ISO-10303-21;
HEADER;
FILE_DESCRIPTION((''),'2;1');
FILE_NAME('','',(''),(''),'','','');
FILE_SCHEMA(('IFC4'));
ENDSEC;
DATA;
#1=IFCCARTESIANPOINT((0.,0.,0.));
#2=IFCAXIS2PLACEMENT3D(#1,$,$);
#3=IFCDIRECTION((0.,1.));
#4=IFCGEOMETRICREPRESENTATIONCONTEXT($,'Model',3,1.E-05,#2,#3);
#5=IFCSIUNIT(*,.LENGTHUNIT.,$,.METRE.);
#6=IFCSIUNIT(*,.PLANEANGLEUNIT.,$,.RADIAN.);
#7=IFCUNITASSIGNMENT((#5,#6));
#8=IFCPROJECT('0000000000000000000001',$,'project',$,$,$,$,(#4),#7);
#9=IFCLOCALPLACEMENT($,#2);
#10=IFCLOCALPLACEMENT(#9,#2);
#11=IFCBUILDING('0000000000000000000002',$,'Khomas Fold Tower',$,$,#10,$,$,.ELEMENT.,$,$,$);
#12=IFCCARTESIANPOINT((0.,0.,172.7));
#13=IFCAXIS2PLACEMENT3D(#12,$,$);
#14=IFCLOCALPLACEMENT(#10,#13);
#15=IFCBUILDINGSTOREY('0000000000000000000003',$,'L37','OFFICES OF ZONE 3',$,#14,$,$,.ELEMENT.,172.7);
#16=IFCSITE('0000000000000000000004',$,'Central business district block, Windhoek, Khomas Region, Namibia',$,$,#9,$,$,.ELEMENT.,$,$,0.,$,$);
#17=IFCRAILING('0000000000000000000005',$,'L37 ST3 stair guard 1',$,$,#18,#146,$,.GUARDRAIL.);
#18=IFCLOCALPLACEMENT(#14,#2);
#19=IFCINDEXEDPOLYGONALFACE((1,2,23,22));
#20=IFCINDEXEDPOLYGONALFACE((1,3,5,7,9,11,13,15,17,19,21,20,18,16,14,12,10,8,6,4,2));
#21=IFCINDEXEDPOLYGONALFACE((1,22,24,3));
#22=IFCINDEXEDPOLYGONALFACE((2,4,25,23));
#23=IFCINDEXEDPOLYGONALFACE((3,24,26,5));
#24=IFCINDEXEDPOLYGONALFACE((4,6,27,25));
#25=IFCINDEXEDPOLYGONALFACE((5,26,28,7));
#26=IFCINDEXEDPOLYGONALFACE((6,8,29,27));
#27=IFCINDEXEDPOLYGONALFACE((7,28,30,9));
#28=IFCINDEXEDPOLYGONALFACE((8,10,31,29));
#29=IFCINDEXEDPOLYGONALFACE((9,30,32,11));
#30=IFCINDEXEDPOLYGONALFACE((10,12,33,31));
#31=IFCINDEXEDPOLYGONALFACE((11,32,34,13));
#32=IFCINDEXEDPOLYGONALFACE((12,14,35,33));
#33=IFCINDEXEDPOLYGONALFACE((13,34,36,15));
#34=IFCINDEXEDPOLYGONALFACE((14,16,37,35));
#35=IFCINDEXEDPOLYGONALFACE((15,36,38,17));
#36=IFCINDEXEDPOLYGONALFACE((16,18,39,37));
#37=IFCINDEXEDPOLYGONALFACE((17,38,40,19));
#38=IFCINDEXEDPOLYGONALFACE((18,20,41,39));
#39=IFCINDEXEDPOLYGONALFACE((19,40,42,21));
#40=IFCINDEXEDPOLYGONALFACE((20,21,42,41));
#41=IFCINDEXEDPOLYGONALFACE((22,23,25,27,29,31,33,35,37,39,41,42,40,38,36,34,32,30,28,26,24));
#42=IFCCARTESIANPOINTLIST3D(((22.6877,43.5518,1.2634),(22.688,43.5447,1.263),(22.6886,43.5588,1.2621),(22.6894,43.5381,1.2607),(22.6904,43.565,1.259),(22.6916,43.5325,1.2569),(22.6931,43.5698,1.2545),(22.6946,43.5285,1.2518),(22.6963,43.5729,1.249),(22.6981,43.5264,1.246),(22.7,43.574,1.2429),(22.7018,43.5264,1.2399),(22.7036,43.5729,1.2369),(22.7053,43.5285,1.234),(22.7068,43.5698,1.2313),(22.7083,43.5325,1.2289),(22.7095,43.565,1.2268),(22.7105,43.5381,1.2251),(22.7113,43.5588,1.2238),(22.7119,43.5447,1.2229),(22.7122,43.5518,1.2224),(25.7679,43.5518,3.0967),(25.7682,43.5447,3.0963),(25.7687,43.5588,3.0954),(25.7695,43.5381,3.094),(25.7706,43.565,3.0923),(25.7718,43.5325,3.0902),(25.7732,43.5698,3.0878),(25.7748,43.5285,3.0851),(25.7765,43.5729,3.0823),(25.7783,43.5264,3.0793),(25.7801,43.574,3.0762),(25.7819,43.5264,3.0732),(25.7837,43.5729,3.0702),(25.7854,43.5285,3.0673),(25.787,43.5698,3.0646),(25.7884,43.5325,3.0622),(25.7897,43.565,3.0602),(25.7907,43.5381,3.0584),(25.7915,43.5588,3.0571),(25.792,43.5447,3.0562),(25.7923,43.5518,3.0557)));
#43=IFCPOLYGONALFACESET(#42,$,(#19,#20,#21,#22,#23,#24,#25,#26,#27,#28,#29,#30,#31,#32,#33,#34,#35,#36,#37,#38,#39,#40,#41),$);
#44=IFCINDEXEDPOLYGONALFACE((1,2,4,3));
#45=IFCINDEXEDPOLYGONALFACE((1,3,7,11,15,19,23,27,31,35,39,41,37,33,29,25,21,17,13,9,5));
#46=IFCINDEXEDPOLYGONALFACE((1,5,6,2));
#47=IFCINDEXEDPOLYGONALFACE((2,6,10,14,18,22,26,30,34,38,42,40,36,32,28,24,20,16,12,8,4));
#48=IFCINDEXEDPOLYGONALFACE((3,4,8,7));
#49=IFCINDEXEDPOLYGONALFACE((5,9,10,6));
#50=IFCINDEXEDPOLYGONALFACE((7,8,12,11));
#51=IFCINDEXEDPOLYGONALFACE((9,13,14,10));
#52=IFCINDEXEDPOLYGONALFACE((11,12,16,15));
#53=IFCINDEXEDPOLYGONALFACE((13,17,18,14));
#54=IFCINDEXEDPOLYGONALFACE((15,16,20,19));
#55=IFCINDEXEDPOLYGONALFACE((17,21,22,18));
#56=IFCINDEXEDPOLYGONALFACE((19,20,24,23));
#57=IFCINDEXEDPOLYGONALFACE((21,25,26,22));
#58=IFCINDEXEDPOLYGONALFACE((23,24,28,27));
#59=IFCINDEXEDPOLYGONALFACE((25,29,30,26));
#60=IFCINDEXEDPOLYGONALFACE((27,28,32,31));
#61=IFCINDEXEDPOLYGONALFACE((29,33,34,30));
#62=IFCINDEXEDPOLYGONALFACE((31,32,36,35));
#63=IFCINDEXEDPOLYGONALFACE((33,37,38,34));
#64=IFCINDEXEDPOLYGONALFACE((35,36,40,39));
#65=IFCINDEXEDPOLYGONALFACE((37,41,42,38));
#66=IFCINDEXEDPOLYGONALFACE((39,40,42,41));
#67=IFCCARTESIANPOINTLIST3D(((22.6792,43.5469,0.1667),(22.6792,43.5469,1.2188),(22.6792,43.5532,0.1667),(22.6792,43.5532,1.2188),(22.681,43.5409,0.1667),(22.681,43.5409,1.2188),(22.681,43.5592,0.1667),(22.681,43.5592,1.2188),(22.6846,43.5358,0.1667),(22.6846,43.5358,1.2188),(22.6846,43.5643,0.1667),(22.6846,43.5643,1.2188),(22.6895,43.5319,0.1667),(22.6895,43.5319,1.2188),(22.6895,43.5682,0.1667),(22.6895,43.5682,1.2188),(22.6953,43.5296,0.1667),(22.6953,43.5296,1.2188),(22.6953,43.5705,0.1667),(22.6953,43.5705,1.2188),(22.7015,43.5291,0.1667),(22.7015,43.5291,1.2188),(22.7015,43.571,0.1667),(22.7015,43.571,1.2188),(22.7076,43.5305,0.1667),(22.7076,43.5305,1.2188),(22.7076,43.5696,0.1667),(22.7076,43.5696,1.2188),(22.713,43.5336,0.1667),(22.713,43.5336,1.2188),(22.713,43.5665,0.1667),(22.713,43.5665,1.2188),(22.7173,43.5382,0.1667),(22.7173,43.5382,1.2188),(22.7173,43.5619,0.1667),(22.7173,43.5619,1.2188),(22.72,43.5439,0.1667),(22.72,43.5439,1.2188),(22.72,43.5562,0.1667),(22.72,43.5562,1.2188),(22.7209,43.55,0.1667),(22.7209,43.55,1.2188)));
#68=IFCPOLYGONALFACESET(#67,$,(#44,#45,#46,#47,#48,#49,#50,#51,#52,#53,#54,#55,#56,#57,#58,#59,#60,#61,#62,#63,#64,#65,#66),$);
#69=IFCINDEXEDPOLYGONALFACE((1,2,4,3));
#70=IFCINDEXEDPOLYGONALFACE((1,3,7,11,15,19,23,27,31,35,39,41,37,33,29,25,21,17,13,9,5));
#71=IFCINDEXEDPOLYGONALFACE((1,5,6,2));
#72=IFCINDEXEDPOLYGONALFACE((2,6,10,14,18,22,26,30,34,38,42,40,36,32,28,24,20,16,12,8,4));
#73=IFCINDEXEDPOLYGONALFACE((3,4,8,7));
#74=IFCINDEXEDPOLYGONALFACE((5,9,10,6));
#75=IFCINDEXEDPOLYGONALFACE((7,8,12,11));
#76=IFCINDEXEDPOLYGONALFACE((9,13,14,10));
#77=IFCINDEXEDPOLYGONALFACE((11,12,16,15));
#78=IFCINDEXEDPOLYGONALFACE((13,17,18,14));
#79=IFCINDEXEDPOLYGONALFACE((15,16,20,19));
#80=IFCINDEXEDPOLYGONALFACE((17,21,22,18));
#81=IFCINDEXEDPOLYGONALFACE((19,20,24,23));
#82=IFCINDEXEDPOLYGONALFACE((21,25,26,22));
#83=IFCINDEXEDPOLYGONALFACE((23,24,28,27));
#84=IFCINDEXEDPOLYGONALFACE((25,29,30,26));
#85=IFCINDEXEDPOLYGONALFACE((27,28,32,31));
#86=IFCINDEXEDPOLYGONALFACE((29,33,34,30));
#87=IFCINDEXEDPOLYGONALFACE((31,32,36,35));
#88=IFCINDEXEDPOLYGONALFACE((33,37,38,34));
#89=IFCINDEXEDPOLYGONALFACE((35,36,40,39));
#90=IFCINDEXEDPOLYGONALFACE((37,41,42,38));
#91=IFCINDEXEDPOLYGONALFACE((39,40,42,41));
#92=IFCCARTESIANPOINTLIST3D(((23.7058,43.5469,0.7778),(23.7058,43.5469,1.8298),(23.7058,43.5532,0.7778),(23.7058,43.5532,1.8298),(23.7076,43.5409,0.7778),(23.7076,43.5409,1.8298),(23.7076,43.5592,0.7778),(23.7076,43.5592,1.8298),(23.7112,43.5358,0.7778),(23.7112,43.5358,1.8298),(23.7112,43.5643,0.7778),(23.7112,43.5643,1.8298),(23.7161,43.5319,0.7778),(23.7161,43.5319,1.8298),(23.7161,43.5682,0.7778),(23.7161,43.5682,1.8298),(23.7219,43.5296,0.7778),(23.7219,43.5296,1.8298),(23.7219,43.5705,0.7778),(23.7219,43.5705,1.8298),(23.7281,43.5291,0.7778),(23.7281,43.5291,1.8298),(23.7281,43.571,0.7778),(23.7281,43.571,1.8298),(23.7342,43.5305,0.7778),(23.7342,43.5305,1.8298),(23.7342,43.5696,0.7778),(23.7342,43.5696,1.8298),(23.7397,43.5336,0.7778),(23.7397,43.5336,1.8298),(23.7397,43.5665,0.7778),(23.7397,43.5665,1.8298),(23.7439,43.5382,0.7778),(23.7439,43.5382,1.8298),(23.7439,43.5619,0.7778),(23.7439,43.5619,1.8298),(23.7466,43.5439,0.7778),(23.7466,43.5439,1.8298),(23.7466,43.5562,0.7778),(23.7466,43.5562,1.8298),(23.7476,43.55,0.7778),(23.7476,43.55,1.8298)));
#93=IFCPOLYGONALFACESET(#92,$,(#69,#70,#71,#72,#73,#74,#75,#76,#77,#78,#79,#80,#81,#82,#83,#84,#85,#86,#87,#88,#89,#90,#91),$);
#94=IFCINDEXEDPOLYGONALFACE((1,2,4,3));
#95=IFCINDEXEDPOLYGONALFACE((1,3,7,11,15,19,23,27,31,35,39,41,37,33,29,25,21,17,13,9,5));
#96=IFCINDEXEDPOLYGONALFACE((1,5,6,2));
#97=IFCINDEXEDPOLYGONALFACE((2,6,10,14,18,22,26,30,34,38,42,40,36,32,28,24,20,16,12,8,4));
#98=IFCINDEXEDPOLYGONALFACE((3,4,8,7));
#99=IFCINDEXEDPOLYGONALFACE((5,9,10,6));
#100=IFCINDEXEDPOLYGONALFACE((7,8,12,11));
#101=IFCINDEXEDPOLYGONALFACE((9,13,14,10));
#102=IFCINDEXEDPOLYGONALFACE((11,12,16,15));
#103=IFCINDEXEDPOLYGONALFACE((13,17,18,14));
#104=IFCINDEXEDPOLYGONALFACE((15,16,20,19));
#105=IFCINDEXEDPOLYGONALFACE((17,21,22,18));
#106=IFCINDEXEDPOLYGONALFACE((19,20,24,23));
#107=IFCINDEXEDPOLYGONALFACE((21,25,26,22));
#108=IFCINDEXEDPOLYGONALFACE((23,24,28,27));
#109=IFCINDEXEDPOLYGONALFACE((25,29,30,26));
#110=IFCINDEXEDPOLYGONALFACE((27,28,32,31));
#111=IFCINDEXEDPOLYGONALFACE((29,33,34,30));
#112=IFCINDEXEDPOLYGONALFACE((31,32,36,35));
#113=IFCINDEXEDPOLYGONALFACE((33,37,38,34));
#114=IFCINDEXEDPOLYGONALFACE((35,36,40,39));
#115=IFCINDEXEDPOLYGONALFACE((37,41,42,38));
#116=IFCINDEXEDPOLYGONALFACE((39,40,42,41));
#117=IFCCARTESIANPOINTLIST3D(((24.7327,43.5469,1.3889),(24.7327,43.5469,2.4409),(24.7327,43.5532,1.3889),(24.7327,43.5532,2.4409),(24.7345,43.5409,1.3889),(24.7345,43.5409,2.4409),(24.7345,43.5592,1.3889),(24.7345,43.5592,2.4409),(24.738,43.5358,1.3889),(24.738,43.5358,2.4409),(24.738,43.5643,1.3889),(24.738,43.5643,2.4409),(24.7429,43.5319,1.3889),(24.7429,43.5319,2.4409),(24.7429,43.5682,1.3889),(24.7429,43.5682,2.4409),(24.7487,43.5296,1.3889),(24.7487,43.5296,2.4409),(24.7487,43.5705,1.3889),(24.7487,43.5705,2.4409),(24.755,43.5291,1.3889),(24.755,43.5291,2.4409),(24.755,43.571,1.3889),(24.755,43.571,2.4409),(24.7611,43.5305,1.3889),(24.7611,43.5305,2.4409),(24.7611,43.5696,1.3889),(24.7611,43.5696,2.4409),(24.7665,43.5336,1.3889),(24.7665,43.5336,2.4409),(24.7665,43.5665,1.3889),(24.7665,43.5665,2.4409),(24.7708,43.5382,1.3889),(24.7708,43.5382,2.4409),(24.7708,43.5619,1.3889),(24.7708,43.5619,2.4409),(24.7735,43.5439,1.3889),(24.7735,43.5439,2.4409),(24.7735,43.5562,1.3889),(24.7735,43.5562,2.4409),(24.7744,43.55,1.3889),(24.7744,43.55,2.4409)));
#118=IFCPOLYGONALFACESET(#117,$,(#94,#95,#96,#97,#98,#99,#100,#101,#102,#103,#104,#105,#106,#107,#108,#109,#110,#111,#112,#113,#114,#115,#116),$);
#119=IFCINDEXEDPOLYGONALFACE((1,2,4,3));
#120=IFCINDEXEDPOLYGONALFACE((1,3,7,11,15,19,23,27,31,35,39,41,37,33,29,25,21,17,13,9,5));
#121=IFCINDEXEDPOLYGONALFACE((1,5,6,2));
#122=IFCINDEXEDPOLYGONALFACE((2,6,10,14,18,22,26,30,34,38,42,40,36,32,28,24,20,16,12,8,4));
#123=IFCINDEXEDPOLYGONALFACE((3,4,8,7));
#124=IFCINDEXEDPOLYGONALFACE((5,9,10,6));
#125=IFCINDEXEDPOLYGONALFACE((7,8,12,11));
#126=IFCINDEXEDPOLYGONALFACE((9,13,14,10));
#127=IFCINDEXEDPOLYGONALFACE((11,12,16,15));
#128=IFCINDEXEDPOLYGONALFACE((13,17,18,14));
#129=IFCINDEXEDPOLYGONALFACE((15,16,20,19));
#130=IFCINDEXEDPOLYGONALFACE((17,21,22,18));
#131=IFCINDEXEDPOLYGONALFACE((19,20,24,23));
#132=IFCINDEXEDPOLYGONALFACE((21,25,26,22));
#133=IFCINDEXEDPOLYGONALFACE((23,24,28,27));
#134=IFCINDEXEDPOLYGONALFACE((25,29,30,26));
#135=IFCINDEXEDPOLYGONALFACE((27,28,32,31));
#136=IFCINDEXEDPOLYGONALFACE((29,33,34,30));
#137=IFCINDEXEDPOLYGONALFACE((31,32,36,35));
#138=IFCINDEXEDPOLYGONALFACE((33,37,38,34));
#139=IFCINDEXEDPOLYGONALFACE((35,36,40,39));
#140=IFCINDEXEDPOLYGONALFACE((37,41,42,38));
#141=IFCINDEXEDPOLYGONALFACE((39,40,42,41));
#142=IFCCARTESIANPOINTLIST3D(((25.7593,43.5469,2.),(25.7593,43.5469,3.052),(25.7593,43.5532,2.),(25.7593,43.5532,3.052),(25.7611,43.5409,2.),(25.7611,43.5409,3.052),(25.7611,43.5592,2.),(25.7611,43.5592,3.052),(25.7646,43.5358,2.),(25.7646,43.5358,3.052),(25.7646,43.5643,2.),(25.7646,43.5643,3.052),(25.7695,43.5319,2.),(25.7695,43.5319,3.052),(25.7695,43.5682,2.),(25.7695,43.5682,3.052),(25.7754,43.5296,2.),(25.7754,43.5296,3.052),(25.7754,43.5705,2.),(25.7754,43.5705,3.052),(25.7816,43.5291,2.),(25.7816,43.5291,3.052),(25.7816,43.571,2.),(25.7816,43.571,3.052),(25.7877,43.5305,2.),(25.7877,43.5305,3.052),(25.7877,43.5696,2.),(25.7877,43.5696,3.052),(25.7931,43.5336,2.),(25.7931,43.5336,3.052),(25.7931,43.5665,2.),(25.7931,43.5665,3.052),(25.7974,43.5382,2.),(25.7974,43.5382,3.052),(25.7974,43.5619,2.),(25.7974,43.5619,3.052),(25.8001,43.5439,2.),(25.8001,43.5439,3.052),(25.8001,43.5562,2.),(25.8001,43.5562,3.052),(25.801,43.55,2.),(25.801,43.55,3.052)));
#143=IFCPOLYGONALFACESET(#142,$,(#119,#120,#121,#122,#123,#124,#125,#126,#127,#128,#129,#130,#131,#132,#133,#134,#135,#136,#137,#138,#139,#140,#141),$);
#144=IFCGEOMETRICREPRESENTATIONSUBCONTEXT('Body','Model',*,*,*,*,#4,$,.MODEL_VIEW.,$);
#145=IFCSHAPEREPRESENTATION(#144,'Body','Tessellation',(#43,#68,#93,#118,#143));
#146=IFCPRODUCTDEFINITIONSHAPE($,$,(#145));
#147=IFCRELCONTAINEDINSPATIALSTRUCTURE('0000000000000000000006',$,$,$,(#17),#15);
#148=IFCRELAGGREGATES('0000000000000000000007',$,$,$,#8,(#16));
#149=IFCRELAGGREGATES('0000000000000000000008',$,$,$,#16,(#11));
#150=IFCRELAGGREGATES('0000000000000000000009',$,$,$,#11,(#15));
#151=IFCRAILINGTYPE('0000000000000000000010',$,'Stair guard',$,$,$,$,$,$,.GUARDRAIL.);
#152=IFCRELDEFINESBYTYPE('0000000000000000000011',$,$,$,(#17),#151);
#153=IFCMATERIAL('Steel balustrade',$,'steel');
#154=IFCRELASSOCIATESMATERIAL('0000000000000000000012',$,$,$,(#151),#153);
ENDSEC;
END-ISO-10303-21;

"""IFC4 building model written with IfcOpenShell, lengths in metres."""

from ifc_helpers import new_model, si_unit, direction, frame, origin, origin_2d, place, context, subcontext, project, spatial, circle, extrude, source, transform, mapped, material, type_object, element, save


model = new_model("IFC4")

# Units and contexts
model_context = context("Model", 3, precision=1e-05, world=origin(), true_north=direction((0.0, 1.0)))
body_context = subcontext(model_context, "Body", "Model", "MODEL_VIEW")
ifc_project = project(units=[si_unit("LENGTHUNIT", "METRE"), si_unit("PLANEANGLEUNIT", "RADIAN")], contexts=[model_context])

# Site, building, storey
site_placement = place(None, origin())
site = spatial("IfcSite", under=ifc_project, at=site_placement, Name="Central business district block, Windhoek, Khomas Region, Namibia", CompositionType="ELEMENT", RefElevation=0.0)
building_placement = place(site_placement, origin())
building = spatial("IfcBuilding", under=site, at=building_placement, Name="Khomas Fold Tower", CompositionType="ELEMENT")
storey_placement = place(building_placement, frame((0.0, 0.0, 172.7)))
storey = spatial("IfcBuildingStorey", under=building, at=storey_placement, Name="L37", Description="OFFICES OF ZONE 3", CompositionType="ELEMENT", Elevation=172.7)

# Railing
ifc_material_1 = material(Name="Steel balustrade", Category="steel")
railing_type_1 = type_object("IfcRailingType", Name="Stair guard", PredefinedType="GUARDRAIL", material=ifc_material_1)
shared_shape_1 = source(origin(), body_context, "Body", "SweptSolid", [
    extrude(circle(Radius=0.0239, at=origin_2d()), frame((0.0, 0.0, 1.0762), z_axis=(0.859309, 0.0, 0.511458), x_axis=(0.0, 1.0, 0.0)), (0.0, 0.0, 1.0), 3.5845),
    extrude(circle(Radius=0.021, at=origin_2d()), origin(), (0.0, 0.0, 1.0), 1.052),
    extrude(circle(Radius=0.021, at=origin_2d()), frame((1.0266, 0.0, 0.6111)), (0.0, 0.0, 1.0), 1.052),
    extrude(circle(Radius=0.021, at=origin_2d()), frame((2.0535, 0.0, 1.2222)), (0.0, 0.0, 1.0), 1.052),
    extrude(circle(Radius=0.021, at=origin_2d()), frame((3.0801, 0.0, 1.8333)), (0.0, 0.0, 1.0), 1.052),
])
railing_1_placement = place(storey_placement, frame((22.7, 43.55, 0.1667)))
element("IfcRailing", 1, at=railing_1_placement, inside=storey, type_object=railing_type_1, Name="L37 ST3 stair guard 1", PredefinedType="GUARDRAIL", context=body_context, shape_type="MappedRepresentation", body=[
    mapped(shared_shape_1, transform((0.0, 0.0, 0.0))),
])

save(model, "model.ifc")
